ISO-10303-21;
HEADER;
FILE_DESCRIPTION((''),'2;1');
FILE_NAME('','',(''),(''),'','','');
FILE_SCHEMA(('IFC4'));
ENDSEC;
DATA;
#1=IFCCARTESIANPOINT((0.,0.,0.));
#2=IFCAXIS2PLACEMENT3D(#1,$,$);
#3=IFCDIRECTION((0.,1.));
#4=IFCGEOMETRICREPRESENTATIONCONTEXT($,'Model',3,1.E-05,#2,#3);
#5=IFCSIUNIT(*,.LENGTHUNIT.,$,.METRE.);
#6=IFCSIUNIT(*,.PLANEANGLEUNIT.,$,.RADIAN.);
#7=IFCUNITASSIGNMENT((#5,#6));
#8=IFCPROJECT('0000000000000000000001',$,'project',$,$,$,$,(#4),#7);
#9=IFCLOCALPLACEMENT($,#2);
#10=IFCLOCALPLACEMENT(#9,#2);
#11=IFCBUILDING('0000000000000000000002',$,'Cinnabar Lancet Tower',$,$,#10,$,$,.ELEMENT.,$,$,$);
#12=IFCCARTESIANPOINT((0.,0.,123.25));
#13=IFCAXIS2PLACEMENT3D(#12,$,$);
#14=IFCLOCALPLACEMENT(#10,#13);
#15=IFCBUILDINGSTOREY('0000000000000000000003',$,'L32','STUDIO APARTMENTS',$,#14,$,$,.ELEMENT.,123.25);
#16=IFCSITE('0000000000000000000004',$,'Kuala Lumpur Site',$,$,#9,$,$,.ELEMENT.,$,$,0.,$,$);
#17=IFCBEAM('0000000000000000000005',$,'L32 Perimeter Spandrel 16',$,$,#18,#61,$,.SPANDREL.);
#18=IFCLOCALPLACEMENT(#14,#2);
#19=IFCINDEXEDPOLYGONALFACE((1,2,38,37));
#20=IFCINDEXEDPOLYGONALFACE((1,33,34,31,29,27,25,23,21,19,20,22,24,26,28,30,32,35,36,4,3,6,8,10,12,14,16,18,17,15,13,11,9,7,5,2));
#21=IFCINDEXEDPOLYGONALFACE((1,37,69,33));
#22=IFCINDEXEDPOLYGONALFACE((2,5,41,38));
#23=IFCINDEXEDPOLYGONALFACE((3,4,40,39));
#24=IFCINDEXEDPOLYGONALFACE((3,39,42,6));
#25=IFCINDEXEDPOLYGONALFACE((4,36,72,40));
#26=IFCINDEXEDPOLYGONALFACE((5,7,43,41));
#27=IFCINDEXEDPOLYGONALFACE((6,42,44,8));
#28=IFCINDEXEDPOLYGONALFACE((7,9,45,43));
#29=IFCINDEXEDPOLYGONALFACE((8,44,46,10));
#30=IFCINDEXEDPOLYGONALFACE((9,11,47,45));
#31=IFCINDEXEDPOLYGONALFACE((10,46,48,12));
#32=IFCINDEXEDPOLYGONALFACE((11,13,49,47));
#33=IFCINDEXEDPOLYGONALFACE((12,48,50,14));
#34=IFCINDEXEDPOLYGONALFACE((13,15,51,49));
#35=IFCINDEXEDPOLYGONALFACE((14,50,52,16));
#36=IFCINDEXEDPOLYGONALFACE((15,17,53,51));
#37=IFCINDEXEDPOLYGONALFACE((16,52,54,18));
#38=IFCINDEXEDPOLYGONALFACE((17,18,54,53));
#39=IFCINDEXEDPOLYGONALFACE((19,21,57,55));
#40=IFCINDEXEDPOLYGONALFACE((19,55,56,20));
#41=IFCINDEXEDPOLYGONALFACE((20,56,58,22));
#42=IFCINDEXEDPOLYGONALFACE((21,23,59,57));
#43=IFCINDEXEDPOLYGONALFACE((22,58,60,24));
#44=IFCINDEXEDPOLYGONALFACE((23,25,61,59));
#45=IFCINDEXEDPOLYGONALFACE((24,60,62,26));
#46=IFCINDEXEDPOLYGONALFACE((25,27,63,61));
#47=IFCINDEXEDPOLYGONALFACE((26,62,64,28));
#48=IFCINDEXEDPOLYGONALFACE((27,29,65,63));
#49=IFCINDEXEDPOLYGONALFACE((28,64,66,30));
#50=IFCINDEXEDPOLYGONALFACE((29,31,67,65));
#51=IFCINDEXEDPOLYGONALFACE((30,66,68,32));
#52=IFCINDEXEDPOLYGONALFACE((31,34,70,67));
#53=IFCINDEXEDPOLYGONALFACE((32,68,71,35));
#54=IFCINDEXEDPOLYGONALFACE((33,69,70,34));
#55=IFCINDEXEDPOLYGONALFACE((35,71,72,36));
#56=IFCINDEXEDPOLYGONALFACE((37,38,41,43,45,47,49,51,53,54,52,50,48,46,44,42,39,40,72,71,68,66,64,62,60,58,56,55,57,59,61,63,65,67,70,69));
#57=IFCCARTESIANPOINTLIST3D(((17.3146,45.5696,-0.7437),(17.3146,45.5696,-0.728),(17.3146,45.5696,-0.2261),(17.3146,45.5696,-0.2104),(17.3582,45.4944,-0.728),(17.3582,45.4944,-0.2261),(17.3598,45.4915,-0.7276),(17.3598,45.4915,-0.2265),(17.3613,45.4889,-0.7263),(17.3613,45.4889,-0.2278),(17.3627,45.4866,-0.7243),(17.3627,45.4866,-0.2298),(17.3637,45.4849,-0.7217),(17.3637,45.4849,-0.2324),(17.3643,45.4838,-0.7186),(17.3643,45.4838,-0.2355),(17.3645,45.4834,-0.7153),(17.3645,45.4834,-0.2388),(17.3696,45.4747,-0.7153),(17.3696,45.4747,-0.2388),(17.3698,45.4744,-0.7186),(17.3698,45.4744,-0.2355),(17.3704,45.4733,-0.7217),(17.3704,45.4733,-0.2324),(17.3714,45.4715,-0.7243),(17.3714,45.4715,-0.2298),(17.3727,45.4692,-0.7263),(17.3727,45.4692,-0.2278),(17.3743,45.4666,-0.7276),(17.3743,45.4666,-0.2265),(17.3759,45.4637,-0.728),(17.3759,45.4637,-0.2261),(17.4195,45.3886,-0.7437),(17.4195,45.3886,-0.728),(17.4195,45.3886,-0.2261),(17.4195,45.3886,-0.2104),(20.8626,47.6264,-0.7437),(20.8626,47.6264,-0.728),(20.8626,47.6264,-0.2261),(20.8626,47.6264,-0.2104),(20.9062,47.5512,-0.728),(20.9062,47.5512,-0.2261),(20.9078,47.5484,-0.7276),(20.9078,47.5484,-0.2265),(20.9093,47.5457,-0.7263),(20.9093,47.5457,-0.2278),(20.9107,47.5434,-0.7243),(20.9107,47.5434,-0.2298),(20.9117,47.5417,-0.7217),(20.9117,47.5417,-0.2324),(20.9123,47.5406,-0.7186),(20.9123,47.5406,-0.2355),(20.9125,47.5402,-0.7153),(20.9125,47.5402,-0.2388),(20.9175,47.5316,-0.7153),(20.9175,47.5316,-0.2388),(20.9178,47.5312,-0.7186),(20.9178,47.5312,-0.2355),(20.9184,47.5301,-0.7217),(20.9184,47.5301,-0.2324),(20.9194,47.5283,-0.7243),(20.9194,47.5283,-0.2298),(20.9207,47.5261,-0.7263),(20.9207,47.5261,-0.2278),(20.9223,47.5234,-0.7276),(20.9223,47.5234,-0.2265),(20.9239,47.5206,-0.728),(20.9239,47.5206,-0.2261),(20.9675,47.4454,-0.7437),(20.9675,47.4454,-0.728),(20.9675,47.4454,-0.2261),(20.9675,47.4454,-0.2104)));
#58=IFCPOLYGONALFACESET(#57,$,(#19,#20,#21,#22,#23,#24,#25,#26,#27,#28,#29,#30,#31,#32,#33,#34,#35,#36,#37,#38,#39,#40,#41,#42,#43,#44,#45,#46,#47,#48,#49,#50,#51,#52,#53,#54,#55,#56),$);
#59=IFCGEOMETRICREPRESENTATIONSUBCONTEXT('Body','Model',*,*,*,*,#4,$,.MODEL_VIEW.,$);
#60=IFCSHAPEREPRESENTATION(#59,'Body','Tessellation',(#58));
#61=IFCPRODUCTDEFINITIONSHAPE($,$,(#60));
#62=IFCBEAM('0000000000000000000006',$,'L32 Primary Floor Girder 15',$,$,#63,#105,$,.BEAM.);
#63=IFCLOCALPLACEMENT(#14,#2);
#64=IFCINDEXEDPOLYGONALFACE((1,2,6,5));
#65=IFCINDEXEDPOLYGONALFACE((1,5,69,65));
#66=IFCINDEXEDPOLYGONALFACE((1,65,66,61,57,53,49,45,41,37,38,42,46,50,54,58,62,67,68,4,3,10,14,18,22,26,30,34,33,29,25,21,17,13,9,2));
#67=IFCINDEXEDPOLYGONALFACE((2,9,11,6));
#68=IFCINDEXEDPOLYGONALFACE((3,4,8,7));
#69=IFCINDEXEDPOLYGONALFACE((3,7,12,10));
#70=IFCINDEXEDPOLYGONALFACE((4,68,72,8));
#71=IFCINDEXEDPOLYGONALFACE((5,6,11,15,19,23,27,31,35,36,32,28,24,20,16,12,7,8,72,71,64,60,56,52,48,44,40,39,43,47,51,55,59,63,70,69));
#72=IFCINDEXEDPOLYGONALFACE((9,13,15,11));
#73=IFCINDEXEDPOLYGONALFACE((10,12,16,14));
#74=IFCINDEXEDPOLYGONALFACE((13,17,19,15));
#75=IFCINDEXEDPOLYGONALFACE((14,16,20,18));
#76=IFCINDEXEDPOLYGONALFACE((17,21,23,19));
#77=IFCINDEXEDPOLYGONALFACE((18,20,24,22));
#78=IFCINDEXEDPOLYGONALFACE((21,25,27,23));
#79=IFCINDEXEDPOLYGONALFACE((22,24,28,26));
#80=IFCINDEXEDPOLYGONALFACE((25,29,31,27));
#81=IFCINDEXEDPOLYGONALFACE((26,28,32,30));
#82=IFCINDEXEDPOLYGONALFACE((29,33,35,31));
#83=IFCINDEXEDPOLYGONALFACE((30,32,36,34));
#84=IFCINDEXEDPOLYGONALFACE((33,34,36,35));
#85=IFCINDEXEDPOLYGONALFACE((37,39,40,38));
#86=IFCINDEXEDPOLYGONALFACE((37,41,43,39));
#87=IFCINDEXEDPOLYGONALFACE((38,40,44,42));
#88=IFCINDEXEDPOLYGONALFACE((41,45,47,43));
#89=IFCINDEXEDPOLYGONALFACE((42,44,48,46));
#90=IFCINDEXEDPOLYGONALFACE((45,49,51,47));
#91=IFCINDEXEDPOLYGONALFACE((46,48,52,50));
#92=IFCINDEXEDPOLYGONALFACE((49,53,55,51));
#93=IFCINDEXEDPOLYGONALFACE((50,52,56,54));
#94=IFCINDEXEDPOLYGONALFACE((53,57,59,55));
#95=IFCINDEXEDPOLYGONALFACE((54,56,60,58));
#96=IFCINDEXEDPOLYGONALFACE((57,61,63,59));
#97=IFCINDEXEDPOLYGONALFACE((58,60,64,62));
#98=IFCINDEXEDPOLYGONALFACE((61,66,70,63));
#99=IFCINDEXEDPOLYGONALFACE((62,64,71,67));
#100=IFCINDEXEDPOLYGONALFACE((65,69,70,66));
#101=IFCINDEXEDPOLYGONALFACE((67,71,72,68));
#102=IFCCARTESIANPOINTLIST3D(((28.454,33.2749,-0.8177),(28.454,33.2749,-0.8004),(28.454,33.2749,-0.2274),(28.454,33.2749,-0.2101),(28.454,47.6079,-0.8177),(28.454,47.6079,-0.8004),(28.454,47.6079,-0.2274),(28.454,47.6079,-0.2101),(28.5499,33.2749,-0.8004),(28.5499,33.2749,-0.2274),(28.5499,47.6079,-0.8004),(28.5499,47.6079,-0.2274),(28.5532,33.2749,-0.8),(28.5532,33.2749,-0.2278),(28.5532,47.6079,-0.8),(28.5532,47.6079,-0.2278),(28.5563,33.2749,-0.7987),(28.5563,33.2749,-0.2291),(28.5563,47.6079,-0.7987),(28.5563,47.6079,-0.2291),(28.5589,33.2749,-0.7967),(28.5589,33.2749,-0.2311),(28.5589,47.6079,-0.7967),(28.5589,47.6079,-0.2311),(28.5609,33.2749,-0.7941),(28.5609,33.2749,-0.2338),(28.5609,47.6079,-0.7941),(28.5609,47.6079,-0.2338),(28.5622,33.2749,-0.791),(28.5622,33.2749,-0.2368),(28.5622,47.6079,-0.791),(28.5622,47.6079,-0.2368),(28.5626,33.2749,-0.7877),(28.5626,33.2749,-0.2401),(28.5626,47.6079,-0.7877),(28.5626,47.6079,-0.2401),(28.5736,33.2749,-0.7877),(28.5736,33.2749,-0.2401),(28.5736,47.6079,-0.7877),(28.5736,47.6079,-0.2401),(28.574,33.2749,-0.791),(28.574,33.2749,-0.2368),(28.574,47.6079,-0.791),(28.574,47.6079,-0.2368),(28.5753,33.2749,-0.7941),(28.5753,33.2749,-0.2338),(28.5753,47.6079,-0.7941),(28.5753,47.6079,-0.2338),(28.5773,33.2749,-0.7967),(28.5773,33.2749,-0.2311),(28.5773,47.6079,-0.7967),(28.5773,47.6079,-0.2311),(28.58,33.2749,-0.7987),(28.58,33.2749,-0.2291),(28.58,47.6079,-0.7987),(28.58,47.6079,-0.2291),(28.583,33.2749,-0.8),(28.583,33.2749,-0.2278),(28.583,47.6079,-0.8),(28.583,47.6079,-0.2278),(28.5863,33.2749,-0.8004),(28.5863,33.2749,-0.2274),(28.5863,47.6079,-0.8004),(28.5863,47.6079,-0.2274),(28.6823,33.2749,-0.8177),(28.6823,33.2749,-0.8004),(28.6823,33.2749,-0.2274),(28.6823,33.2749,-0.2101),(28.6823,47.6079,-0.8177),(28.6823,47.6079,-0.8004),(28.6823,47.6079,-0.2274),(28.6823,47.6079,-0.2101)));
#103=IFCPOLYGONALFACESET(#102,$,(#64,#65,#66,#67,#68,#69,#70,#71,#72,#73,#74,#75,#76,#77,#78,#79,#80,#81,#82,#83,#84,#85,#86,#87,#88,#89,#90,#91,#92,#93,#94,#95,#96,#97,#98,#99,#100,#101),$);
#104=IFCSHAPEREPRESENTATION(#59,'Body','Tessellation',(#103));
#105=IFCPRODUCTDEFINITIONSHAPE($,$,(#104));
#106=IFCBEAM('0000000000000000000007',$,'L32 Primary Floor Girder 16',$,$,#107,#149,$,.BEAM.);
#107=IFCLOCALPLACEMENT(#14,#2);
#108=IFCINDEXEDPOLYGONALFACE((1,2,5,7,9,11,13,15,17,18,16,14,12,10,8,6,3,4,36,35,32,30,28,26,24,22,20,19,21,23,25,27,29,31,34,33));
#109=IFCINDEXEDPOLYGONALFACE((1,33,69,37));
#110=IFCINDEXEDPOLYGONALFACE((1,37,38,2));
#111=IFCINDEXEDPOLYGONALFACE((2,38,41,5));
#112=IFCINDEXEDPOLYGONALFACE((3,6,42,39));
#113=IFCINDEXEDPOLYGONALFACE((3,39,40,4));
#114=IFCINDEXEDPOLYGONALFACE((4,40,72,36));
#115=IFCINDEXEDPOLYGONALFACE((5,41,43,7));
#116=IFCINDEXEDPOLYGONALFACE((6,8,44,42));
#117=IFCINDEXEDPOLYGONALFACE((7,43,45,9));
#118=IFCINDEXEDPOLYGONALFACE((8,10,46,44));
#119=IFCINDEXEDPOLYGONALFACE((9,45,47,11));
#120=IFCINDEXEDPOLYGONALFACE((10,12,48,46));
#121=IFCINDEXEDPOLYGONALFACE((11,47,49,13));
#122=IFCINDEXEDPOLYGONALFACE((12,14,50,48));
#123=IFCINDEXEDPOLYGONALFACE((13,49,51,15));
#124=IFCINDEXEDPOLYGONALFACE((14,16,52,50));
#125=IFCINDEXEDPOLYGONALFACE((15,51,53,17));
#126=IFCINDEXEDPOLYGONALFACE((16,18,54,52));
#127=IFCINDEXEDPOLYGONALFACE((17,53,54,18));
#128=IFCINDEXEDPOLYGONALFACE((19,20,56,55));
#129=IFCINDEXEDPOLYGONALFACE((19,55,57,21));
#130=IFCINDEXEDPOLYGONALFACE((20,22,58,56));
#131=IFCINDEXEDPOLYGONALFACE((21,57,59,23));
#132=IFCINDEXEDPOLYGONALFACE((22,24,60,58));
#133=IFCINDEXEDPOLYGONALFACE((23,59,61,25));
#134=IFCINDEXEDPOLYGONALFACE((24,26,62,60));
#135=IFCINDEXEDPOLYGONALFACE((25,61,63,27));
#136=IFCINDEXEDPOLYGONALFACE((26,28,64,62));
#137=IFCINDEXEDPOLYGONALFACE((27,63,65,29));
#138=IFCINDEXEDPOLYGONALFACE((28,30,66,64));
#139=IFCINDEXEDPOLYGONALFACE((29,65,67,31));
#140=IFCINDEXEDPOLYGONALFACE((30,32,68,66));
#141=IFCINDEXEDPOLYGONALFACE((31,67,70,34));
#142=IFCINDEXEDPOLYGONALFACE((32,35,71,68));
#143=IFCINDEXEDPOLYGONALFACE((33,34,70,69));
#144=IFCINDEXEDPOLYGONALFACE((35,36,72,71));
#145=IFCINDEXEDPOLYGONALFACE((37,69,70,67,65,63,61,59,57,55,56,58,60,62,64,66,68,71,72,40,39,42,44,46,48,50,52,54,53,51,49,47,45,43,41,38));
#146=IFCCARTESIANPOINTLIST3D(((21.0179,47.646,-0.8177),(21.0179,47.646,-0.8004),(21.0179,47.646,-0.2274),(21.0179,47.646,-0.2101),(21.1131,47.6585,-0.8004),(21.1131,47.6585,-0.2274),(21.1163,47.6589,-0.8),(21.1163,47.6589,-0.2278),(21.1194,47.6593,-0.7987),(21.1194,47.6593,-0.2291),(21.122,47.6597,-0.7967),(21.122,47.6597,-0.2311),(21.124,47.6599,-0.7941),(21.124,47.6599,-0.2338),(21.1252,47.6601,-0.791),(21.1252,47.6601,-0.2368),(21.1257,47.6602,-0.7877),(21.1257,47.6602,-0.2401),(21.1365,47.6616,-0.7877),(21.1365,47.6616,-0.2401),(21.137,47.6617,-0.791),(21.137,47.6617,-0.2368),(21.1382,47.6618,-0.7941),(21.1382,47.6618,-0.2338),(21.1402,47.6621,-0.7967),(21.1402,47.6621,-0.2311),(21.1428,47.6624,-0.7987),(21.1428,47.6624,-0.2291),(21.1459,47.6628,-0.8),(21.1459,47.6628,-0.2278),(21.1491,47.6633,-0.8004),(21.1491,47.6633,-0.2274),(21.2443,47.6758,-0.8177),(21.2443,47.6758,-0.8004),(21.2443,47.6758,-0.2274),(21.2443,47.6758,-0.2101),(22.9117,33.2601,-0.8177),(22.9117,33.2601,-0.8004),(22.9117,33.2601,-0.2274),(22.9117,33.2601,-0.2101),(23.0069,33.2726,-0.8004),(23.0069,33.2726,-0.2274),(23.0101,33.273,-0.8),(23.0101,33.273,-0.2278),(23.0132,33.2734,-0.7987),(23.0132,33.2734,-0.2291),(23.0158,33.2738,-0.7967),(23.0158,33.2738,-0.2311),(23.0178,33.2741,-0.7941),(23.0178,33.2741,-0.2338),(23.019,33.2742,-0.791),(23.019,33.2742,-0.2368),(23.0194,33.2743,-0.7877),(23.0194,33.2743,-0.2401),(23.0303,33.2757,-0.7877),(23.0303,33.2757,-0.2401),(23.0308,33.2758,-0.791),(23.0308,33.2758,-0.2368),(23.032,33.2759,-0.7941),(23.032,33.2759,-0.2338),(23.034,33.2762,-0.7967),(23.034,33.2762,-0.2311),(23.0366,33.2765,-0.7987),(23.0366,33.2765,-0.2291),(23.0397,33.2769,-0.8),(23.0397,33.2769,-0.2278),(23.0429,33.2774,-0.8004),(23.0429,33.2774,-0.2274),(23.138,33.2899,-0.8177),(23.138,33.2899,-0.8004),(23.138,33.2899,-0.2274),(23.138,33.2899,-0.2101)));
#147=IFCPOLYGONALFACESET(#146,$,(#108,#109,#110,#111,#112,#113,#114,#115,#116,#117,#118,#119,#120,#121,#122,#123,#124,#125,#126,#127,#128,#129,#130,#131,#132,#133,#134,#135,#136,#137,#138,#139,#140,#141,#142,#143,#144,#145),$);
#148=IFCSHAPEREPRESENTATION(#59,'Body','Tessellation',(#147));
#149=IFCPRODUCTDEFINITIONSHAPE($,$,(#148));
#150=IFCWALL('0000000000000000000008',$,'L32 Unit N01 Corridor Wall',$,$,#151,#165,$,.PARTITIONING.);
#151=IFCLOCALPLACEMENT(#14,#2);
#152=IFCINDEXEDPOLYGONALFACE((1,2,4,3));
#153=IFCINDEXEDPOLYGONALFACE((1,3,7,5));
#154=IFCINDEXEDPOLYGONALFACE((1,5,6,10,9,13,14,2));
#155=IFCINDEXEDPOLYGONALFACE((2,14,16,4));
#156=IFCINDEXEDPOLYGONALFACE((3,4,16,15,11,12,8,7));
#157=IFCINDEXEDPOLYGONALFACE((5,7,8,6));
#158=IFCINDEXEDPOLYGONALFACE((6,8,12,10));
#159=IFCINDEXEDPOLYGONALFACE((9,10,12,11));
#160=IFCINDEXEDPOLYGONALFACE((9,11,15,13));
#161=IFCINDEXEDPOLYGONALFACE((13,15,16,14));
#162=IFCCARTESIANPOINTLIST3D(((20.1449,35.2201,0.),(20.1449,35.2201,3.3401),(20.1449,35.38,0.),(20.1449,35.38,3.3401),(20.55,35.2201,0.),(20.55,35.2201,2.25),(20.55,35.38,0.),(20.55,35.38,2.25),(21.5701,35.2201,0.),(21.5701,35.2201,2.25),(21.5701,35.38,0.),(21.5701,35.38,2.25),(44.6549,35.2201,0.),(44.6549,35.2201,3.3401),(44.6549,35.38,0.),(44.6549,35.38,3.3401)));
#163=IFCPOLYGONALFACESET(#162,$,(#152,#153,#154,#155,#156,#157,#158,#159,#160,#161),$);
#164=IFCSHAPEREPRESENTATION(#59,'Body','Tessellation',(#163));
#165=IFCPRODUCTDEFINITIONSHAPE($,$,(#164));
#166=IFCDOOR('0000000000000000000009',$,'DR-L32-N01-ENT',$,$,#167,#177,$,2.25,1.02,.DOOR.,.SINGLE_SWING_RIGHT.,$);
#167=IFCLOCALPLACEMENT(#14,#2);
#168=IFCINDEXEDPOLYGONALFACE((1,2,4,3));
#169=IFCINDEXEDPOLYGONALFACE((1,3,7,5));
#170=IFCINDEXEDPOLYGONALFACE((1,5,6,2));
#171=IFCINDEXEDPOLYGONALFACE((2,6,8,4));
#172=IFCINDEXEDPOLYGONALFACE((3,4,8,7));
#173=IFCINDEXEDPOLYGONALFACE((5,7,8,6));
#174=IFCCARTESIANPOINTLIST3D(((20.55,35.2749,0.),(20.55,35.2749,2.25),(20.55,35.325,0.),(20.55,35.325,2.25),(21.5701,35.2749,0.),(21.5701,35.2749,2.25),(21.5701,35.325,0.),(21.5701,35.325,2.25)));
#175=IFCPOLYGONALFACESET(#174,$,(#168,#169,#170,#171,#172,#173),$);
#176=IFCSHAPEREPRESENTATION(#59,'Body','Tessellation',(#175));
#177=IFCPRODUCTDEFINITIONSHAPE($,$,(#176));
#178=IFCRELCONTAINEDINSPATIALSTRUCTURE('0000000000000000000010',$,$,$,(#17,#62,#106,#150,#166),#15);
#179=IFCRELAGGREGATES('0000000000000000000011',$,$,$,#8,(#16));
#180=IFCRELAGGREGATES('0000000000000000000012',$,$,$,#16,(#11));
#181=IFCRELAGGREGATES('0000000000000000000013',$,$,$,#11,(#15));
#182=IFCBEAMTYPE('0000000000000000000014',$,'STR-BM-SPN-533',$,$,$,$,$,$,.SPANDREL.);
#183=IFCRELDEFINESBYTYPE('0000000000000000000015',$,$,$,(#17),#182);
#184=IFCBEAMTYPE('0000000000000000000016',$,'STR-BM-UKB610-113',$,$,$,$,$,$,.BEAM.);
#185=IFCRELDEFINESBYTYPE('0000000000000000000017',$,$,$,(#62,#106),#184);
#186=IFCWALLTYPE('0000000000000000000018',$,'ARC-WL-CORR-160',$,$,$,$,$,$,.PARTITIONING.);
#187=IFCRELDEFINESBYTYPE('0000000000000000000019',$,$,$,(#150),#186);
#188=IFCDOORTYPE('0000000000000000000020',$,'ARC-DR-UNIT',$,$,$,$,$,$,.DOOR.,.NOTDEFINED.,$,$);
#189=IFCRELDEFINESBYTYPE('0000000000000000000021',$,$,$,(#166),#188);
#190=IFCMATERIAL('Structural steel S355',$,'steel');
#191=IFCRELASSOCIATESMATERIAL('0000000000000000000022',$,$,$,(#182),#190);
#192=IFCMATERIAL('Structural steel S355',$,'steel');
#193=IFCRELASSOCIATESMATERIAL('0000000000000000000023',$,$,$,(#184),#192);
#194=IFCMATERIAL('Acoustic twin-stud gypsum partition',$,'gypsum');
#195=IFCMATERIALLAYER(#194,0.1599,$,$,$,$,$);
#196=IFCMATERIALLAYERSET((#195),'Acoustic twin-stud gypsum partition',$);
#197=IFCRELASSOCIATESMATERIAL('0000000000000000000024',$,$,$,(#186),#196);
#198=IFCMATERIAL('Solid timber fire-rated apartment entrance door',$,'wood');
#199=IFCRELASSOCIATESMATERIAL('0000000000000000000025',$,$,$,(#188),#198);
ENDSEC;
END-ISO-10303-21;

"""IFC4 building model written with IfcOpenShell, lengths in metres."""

from ifc_helpers import new_model, si_unit, direction, frame, frame_2d, origin, origin_2d, place, context, subcontext, project, spatial, rectangle, i_section, extrude, material, layer, layer_set, material_profile, profile_set, type_object, element, fill, save


model = new_model("IFC4")

# Units and contexts
model_context = context("Model", 3, precision=1e-05, world=origin(), true_north=direction((0.0, 1.0)))
body_context = subcontext(model_context, "Body", "Model", "MODEL_VIEW")
ifc_project = project(units=[si_unit("LENGTHUNIT", "METRE"), si_unit("PLANEANGLEUNIT", "RADIAN")], contexts=[model_context])

# Site, building, storey
site_placement = place(None, origin())
site = spatial("IfcSite", under=ifc_project, at=site_placement, Name="Kuala Lumpur Site", CompositionType="ELEMENT", RefElevation=0.0)
building_placement = place(site_placement, origin())
building = spatial("IfcBuilding", under=site, at=building_placement, Name="Cinnabar Lancet Tower", CompositionType="ELEMENT")
storey_placement = place(building_placement, frame((0.0, 0.0, 123.25)))
storey = spatial("IfcBuildingStorey", under=building, at=storey_placement, Name="L32", Description="STUDIO APARTMENTS", CompositionType="ELEMENT", Elevation=123.25)

# Beams
ifc_material_1 = material(Name="Structural steel S355", Category="steel")
ifc_material_profile_1 = material_profile(ifc_material_1, i_section(OverallWidth=0.2092, OverallDepth=0.5332, WebThickness=0.01, FlangeThickness=0.0156, FilletRadius=0.0127, at=origin_2d()), Name="UKB 533x210x92")
ifc_profile_set_1 = profile_set([ifc_material_profile_1], Name="Structural steel S355")
beam_type_1 = type_object("IfcBeamType", Name="STR-BM-SPN-533", PredefinedType="SPANDREL", material=ifc_profile_set_1)
beam_1_placement = place(storey_placement, frame((20.915, 47.5359, -0.4771), z_axis=(-0.865138, -0.501534, 0.0), x_axis=(0.501534, -0.865138, 0.0)))
element("IfcBeam", 1, at=beam_1_placement, inside=storey, type_object=beam_type_1, Name="L32 Perimeter Spandrel 16", PredefinedType="SPANDREL", context=body_context, shape_type="SweptSolid", body=[
    extrude(i_section(OverallWidth=0.2092, OverallDepth=0.5332, WebThickness=0.01, FlangeThickness=0.0156, FilletRadius=0.0127, at=origin_2d()), origin(), (0.0, 0.0, 1.0), 4.1011),
])
ifc_material_2 = material(Name="Structural steel S355", Category="steel")
ifc_material_profile_2 = material_profile(ifc_material_2, i_section(OverallWidth=0.2283, OverallDepth=0.6077, WebThickness=0.011, FlangeThickness=0.0173, FilletRadius=0.0127, at=origin_2d()), Name="UKB 610x229x113")
ifc_profile_set_2 = profile_set([ifc_material_profile_2], Name="Structural steel S355")
beam_type_2 = type_object("IfcBeamType", Name="STR-BM-UKB610-113", PredefinedType="BEAM", material=ifc_profile_set_2)
beam_2_placement = place(storey_placement, frame((28.5681, 47.6079, -0.5139), z_axis=(0.0, -1.0, 0.0), x_axis=(1.0, 0.0, 0.0)))
element("IfcBeam", 2, at=beam_2_placement, inside=storey, type_object=beam_type_2, Name="L32 Primary Floor Girder 15", PredefinedType="BEAM", context=body_context, shape_type="SweptSolid", body=[
    extrude(i_section(OverallWidth=0.2283, OverallDepth=0.6077, WebThickness=0.011, FlangeThickness=0.0173, FilletRadius=0.0127, at=origin_2d()), origin(), (0.0, 0.0, 1.0), 14.333),
])
beam_3_placement = place(storey_placement, frame((21.1311, 47.6609, -0.5139), z_axis=(0.130516, -0.991446, 0.0), x_axis=(0.991446, 0.130516, 0.0)))
element("IfcBeam", 3, at=beam_3_placement, inside=storey, type_object=beam_type_2, Name="L32 Primary Floor Girder 16", PredefinedType="BEAM", context=body_context, shape_type="SweptSolid", body=[
    extrude(i_section(OverallWidth=0.2283, OverallDepth=0.6077, WebThickness=0.011, FlangeThickness=0.0173, FilletRadius=0.0127, at=origin_2d()), origin(), (0.0, 0.0, 1.0), 14.51),
])

# Wall, opening, door
ifc_material_3 = material(Name="Acoustic twin-stud gypsum partition", Category="gypsum")
ifc_layer_1 = layer(ifc_material_3, 0.1599)
ifc_layer_set_1 = layer_set([ifc_layer_1], Name="Acoustic twin-stud gypsum partition")
wall_type_1 = type_object("IfcWallType", Name="ARC-WL-CORR-160", PredefinedType="PARTITIONING", material=ifc_layer_set_1)
wall_1_placement = place(storey_placement, frame((20.145, 35.3, 0.0), z_axis=(0.0, 0.0, 1.0), x_axis=(1.0, 0.0, 0.0)))
wall_1 = element("IfcWall", 4, at=wall_1_placement, inside=storey, type_object=wall_type_1, Name="L32 Unit N01 Corridor Wall", PredefinedType="PARTITIONING", context=body_context, shape_type="SweptSolid", body=[
    extrude(rectangle(XDim=24.51, YDim=0.1599, at=frame_2d((12.2549, 0.0))), origin(), (0.0, 0.0, 1.0), 3.3401),
])
opening_1_placement = place(wall_1_placement, frame((0.405, 0.0, 0.0)))
opening_1 = element("IfcOpeningElement", 5, at=opening_1_placement, cuts=wall_1, PredefinedType="OPENING", context=body_context, shape_type="SweptSolid", body=[
    extrude(rectangle(XDim=1.02, YDim=2.25, at=frame_2d((0.51, 1.125))), frame((0.0, 0.0898, 0.0), z_axis=(0.0, -1.0, 0.0), x_axis=(1.0, 0.0, 0.0)), (0.0, 0.0, 1.0), 0.1799),
])
ifc_material_4 = material(Name="Solid timber fire-rated apartment entrance door", Category="wood")
door_type_1 = type_object("IfcDoorType", Name="ARC-DR-UNIT", OperationType="NOTDEFINED", PredefinedType="DOOR", material=ifc_material_4)
door_1_placement = place(opening_1_placement, origin())
door_1 = element("IfcDoor", 6, at=door_1_placement, inside=storey, type_object=door_type_1, Name="DR-L32-N01-ENT", OperationType="SINGLE_SWING_RIGHT", OverallHeight=2.25, OverallWidth=1.02, PredefinedType="DOOR", context=body_context, shape_type="SweptSolid", body=[
    extrude(rectangle(XDim=1.02, YDim=2.25, at=frame_2d((0.51, 1.125))), frame((0.0, 0.0249, 0.0), z_axis=(0.0, -1.0, 0.0), x_axis=(1.0, 0.0, 0.0)), (0.0, 0.0, 1.0), 0.05),
])
fill(opening_1, door_1)

save(model, "model.ifc")
